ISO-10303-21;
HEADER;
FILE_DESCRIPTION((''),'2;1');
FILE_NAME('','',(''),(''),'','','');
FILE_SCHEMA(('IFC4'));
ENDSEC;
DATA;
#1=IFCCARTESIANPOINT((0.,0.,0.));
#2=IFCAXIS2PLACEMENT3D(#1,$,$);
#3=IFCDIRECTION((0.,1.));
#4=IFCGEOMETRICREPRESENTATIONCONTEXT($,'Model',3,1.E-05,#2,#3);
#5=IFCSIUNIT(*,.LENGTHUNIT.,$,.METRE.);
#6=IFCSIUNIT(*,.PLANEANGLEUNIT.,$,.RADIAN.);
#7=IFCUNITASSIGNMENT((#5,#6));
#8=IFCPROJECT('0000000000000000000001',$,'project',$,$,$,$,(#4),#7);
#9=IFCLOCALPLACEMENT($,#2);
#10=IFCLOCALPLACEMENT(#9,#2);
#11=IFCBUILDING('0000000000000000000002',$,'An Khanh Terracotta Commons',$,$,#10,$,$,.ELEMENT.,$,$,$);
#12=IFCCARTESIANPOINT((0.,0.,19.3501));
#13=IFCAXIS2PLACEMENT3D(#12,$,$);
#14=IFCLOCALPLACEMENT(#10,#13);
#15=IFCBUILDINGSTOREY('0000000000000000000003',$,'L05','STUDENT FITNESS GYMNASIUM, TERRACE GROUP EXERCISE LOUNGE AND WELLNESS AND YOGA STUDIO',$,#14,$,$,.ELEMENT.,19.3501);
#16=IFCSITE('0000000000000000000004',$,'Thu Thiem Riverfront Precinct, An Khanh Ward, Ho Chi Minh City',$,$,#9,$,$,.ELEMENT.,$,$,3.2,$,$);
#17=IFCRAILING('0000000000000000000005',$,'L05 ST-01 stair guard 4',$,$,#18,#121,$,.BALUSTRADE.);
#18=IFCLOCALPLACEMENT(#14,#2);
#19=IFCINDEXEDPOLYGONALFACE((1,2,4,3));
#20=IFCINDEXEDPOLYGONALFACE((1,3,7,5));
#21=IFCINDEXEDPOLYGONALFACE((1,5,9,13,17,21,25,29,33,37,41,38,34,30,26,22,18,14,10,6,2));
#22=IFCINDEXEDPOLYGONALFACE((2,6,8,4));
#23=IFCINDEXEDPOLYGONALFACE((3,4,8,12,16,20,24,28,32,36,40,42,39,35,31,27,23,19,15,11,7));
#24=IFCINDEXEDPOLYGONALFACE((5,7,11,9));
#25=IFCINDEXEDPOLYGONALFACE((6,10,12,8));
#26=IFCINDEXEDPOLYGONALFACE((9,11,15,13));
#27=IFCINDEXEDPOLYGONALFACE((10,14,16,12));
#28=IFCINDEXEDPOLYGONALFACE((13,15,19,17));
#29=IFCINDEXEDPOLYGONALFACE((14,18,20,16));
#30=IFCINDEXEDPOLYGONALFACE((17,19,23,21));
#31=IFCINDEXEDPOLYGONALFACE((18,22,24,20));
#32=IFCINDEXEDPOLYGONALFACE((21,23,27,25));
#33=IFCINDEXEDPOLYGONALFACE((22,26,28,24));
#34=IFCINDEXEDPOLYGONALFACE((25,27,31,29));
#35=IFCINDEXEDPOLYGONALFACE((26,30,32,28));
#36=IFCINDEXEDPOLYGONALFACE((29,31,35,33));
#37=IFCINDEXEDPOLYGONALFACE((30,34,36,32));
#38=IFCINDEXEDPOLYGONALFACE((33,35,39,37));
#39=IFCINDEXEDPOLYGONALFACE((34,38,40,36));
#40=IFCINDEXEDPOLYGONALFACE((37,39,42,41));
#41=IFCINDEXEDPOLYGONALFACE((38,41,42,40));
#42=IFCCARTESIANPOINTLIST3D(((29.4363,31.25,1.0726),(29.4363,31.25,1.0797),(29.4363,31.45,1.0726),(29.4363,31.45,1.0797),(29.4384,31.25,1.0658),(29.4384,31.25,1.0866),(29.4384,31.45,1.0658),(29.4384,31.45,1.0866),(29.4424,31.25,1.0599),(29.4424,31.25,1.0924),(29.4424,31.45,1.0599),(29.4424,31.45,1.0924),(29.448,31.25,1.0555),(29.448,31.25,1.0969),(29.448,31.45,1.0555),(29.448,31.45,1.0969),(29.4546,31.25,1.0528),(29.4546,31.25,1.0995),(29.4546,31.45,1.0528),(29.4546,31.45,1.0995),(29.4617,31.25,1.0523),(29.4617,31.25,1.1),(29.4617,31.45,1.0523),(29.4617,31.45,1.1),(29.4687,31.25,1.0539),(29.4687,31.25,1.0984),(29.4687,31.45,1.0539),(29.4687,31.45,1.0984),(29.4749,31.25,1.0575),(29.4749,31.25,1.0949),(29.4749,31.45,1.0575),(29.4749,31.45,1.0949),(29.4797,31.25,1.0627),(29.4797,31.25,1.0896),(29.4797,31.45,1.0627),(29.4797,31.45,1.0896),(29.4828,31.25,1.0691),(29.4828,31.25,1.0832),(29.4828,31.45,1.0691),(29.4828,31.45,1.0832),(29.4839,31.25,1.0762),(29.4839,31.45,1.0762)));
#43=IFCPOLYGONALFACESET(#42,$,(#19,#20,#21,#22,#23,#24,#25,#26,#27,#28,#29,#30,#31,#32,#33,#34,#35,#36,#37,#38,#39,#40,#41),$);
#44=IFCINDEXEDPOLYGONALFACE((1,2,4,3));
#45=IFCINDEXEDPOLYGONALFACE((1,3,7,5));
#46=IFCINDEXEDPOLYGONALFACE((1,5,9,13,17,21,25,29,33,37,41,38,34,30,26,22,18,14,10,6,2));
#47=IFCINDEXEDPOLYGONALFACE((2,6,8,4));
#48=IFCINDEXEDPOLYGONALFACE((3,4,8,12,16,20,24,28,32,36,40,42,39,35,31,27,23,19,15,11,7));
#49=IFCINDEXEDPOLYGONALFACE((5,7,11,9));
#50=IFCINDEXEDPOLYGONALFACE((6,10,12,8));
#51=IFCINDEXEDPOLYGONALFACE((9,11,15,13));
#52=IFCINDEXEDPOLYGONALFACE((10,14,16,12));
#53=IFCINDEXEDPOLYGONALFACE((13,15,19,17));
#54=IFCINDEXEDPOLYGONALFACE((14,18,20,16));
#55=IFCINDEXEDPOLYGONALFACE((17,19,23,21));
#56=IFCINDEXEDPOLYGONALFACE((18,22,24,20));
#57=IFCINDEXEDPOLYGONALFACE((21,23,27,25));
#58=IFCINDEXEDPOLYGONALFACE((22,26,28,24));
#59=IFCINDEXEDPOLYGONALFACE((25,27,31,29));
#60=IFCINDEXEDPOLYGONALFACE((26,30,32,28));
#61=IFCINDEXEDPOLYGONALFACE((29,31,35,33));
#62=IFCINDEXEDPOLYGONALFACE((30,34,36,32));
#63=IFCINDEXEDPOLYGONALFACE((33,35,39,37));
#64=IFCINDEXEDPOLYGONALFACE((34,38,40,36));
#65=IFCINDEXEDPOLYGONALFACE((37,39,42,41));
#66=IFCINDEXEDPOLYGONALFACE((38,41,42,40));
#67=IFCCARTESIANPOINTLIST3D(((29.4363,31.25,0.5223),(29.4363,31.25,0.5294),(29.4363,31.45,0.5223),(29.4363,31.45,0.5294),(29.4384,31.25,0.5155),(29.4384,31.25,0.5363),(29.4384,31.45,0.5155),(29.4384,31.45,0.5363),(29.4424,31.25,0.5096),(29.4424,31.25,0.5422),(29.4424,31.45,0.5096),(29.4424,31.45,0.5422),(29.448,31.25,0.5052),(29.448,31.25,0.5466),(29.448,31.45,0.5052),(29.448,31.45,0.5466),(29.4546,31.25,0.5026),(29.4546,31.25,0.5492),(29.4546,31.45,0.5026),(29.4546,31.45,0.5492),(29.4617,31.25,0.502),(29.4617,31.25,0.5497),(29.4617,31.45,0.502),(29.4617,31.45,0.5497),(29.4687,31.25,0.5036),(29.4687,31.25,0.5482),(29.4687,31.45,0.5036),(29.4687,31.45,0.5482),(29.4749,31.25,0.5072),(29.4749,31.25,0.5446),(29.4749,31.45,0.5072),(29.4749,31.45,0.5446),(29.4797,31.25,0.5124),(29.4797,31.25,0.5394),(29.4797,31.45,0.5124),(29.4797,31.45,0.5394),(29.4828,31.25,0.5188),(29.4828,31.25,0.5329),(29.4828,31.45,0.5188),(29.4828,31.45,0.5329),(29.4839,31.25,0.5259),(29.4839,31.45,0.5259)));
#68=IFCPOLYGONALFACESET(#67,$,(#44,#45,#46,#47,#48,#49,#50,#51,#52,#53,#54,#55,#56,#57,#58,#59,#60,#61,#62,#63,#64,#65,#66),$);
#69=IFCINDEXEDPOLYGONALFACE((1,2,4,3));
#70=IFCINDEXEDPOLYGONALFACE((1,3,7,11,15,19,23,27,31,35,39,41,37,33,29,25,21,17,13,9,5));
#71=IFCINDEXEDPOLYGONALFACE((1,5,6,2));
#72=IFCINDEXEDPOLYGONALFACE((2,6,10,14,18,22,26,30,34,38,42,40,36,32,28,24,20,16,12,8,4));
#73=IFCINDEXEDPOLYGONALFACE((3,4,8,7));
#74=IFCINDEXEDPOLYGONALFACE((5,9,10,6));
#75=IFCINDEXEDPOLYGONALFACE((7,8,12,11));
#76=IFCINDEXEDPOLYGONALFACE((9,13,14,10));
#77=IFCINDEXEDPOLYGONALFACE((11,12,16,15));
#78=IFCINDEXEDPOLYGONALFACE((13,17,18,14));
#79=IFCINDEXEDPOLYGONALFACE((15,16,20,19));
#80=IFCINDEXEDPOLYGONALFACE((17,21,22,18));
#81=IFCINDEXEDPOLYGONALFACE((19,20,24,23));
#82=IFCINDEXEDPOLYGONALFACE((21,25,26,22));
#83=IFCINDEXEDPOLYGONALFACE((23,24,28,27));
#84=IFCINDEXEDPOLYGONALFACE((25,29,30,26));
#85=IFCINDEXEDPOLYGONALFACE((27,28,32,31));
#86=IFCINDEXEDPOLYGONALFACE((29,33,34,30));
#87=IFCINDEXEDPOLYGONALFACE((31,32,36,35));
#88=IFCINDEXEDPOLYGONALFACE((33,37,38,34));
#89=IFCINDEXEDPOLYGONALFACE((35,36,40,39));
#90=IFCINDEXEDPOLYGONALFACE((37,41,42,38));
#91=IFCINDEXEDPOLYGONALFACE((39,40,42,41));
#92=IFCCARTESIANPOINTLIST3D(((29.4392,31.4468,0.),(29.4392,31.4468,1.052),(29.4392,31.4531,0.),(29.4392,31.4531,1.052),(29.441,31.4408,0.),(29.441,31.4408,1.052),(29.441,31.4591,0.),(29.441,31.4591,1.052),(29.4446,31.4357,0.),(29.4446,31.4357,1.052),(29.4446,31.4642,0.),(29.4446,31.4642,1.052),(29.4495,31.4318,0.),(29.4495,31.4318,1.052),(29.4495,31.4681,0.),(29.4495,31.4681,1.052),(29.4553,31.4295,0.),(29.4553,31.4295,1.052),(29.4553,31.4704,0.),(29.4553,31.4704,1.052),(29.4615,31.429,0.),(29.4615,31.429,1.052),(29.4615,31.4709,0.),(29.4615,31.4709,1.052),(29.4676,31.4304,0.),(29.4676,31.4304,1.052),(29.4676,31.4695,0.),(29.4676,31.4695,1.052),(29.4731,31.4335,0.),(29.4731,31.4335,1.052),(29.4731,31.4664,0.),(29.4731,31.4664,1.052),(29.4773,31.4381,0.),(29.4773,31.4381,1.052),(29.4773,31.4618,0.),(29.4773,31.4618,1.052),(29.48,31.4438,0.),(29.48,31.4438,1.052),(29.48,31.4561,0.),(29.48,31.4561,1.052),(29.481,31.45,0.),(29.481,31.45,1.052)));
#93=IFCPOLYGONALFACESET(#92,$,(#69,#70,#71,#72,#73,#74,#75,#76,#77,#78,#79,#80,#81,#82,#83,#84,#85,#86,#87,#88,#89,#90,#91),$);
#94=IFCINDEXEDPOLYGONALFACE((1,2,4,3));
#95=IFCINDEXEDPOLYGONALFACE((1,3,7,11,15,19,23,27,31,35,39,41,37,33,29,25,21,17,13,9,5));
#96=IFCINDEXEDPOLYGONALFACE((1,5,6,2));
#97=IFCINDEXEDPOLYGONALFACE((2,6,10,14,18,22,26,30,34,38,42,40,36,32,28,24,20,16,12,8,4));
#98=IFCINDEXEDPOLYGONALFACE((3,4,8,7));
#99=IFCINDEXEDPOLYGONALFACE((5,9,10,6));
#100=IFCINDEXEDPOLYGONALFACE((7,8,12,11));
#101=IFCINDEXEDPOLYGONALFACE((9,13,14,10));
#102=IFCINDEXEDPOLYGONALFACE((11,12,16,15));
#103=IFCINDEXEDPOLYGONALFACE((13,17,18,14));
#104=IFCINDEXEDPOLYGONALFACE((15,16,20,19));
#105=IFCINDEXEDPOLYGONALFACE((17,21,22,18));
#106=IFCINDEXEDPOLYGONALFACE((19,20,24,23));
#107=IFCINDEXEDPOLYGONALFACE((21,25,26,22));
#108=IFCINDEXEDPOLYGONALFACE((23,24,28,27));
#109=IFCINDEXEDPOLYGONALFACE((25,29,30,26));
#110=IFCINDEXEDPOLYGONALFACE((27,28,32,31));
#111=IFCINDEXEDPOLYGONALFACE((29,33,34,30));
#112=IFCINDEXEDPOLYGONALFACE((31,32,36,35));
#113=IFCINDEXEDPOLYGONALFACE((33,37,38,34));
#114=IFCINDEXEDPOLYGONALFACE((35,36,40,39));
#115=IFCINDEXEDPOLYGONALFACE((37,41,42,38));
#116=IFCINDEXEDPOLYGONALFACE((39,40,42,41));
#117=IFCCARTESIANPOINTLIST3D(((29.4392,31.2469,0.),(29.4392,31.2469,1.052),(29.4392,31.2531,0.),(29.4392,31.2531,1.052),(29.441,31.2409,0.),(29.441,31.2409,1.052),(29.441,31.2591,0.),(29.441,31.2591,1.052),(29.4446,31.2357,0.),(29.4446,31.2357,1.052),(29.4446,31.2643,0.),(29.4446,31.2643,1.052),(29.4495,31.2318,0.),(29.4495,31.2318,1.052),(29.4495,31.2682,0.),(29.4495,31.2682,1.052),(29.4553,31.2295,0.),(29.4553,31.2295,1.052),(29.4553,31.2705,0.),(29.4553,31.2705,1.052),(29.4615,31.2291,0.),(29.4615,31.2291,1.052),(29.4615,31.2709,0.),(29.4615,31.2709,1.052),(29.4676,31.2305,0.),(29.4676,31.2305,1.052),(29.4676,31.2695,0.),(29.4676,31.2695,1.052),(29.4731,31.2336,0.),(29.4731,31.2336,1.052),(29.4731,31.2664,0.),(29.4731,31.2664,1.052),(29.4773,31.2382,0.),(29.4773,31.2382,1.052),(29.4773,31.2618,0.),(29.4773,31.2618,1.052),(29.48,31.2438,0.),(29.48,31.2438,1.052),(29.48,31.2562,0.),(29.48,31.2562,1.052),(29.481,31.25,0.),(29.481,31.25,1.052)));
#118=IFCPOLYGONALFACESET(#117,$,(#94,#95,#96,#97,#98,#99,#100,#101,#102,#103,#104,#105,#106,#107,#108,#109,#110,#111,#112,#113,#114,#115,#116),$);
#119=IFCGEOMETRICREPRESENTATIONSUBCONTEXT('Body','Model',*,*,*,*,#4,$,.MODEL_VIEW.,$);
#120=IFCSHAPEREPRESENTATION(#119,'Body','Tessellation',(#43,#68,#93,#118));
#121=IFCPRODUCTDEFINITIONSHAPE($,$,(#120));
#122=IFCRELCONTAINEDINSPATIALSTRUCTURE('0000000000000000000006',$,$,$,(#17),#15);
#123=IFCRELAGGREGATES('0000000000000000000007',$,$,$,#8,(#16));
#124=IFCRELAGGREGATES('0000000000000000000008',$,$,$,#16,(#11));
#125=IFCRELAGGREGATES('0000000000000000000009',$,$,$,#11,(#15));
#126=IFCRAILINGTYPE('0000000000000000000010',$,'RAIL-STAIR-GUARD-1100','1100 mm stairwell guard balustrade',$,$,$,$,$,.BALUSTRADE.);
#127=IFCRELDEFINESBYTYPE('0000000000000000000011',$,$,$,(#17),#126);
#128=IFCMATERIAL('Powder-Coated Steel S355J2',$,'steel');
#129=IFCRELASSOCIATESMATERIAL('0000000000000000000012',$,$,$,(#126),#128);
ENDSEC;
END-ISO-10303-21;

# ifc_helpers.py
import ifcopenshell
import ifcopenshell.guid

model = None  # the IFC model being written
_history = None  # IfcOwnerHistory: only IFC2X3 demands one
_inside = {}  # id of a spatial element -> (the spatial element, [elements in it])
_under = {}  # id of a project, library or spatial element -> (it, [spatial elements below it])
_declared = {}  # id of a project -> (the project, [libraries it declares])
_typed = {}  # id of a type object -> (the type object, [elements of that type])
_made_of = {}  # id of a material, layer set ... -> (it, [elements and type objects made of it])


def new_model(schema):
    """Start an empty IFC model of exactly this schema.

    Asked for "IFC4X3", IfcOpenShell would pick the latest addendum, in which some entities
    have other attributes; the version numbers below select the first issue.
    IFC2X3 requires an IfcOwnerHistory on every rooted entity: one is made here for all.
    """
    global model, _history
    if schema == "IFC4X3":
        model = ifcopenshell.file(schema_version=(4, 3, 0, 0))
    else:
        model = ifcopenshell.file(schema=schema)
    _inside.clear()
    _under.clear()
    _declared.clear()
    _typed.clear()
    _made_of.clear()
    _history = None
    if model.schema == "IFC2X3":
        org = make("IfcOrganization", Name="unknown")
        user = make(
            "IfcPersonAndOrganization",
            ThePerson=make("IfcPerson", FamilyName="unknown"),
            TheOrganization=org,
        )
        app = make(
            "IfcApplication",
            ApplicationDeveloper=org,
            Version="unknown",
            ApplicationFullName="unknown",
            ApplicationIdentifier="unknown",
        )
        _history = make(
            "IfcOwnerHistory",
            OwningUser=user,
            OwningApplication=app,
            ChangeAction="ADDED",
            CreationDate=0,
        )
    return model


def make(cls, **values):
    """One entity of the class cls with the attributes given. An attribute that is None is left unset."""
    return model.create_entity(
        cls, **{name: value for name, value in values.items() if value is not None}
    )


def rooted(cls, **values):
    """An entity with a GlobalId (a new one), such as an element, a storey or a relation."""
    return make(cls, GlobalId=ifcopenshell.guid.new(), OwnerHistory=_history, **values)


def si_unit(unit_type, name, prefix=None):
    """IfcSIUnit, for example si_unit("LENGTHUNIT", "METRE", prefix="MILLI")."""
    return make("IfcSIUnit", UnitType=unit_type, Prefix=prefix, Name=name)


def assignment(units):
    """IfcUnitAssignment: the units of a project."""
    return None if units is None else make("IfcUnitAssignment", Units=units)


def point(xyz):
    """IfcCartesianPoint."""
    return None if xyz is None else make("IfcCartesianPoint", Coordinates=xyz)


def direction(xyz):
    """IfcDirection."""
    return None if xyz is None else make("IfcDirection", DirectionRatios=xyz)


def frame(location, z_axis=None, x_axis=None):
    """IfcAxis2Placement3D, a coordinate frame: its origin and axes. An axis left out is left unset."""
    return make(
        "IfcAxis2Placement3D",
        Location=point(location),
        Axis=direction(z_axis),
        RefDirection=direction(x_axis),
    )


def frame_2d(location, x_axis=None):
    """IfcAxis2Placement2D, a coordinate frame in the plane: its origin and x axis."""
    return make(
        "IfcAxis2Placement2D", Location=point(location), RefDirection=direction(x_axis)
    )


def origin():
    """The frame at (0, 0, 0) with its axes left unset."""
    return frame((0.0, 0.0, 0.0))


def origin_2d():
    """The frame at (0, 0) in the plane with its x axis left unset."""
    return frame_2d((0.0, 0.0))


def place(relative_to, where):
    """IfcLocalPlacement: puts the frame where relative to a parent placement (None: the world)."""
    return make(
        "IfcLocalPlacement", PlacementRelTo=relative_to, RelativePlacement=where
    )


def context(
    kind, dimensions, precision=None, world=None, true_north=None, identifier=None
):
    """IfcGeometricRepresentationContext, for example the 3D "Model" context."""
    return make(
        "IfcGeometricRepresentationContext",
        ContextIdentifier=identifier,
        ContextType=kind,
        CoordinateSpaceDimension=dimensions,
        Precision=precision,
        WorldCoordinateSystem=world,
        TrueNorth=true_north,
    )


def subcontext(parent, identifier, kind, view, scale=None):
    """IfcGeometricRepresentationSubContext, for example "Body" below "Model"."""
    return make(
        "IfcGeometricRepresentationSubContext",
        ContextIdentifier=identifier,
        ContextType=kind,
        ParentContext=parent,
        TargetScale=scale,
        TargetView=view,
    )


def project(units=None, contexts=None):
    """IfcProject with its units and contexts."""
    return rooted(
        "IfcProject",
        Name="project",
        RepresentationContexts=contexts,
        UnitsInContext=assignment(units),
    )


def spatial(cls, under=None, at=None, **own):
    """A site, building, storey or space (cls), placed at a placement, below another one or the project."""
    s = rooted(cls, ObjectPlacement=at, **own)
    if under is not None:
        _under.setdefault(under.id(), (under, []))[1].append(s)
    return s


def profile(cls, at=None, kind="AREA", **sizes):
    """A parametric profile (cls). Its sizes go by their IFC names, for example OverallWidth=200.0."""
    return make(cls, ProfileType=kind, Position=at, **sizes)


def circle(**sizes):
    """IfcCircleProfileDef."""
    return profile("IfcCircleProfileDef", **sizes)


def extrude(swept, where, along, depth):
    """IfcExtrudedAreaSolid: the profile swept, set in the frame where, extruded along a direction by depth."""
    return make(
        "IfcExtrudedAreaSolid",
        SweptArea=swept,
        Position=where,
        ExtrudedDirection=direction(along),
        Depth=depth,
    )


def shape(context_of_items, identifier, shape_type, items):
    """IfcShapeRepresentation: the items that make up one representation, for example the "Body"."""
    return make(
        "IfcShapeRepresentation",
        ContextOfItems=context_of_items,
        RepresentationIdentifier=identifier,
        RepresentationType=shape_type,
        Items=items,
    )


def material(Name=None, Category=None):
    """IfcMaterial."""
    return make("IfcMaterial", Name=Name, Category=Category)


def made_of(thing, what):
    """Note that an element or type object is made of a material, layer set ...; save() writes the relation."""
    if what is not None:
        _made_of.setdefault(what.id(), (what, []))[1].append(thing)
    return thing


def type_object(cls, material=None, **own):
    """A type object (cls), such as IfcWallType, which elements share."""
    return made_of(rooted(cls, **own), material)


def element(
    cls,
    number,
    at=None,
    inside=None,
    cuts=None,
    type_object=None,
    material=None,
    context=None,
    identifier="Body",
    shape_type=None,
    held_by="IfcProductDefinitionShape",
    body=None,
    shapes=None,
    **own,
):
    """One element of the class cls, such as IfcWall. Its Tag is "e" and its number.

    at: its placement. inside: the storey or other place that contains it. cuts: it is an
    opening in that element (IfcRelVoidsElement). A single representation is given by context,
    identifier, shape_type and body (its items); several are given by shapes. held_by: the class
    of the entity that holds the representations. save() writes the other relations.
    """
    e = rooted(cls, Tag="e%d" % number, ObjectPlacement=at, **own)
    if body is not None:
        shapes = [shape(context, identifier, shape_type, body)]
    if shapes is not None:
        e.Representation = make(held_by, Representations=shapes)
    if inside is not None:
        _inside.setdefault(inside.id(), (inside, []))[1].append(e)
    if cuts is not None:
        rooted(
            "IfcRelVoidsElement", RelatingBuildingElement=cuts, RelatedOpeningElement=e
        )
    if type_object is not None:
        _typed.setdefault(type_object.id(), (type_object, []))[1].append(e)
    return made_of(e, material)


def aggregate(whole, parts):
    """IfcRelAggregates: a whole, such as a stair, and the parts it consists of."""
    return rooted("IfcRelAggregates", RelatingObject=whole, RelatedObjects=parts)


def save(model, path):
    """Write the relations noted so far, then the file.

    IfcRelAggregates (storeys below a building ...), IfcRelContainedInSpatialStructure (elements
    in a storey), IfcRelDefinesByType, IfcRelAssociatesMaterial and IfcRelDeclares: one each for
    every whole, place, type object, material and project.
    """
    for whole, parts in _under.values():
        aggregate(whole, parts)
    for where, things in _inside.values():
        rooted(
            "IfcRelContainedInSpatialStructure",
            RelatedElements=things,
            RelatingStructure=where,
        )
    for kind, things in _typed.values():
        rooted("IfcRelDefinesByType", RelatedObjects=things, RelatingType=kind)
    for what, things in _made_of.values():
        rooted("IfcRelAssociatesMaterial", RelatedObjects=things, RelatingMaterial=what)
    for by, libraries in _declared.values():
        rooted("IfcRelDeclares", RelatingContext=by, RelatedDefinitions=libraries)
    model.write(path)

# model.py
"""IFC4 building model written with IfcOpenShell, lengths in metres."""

from ifc_helpers import new_model, si_unit, direction, frame, origin, origin_2d, place, context, subcontext, project, spatial, circle, extrude, material, type_object, element, save


model = new_model("IFC4")

# Units and contexts
model_context = context("Model", 3, precision=1e-05, world=origin(), true_north=direction((0.0, 1.0)))
body_context = subcontext(model_context, "Body", "Model", "MODEL_VIEW")
ifc_project = project(units=[si_unit("LENGTHUNIT", "METRE"), si_unit("PLANEANGLEUNIT", "RADIAN")], contexts=[model_context])

# Site, building, storey
site_placement = place(None, origin())
site = spatial("IfcSite", under=ifc_project, at=site_placement, Name="Thu Thiem Riverfront Precinct, An Khanh Ward, Ho Chi Minh City", CompositionType="ELEMENT", RefElevation=3.2)
building_placement = place(site_placement, origin())
building = spatial("IfcBuilding", under=site, at=building_placement, Name="An Khanh Terracotta Commons", CompositionType="ELEMENT")
storey_placement = place(building_placement, frame((0.0, 0.0, 19.3501)))
storey = spatial("IfcBuildingStorey", under=building, at=storey_placement, Name="L05", Description="STUDENT FITNESS GYMNASIUM, TERRACE GROUP EXERCISE LOUNGE AND WELLNESS AND YOGA STUDIO", CompositionType="ELEMENT", Elevation=19.3501)

# Railing
ifc_material_1 = material(Name="Powder-Coated Steel S355J2", Category="steel")
railing_type_1 = type_object("IfcRailingType", Name="RAIL-STAIR-GUARD-1100", Description="1100 mm stairwell guard balustrade", PredefinedType="BALUSTRADE", material=ifc_material_1)
railing_1_placement = place(storey_placement, frame((29.46, 31.45, 0.0)))
element("IfcRailing", 1, at=railing_1_placement, inside=storey, type_object=railing_type_1, Name="L05 ST-01 stair guard 4", PredefinedType="BALUSTRADE", context=body_context, shape_type="SweptSolid", body=[
    extrude(circle(Radius=0.0239, at=origin_2d()), frame((0.0, 0.0, 1.0762), z_axis=(0.0, -1.0, 0.0), x_axis=(1.0, 0.0, 0.0)), (0.0, 0.0, 1.0), 0.2),
    extrude(circle(Radius=0.0239, at=origin_2d()), frame((0.0, 0.0, 0.5259), z_axis=(0.0, -1.0, 0.0), x_axis=(1.0, 0.0, 0.0)), (0.0, 0.0, 1.0), 0.2),
    extrude(circle(Radius=0.021, at=origin_2d()), origin(), (0.0, 0.0, 1.0), 1.052),
    extrude(circle(Radius=0.021, at=origin_2d()), frame((0.0, -0.2, 0.0)), (0.0, 0.0, 1.0), 1.052),
])

save(model, "model.ifc")
